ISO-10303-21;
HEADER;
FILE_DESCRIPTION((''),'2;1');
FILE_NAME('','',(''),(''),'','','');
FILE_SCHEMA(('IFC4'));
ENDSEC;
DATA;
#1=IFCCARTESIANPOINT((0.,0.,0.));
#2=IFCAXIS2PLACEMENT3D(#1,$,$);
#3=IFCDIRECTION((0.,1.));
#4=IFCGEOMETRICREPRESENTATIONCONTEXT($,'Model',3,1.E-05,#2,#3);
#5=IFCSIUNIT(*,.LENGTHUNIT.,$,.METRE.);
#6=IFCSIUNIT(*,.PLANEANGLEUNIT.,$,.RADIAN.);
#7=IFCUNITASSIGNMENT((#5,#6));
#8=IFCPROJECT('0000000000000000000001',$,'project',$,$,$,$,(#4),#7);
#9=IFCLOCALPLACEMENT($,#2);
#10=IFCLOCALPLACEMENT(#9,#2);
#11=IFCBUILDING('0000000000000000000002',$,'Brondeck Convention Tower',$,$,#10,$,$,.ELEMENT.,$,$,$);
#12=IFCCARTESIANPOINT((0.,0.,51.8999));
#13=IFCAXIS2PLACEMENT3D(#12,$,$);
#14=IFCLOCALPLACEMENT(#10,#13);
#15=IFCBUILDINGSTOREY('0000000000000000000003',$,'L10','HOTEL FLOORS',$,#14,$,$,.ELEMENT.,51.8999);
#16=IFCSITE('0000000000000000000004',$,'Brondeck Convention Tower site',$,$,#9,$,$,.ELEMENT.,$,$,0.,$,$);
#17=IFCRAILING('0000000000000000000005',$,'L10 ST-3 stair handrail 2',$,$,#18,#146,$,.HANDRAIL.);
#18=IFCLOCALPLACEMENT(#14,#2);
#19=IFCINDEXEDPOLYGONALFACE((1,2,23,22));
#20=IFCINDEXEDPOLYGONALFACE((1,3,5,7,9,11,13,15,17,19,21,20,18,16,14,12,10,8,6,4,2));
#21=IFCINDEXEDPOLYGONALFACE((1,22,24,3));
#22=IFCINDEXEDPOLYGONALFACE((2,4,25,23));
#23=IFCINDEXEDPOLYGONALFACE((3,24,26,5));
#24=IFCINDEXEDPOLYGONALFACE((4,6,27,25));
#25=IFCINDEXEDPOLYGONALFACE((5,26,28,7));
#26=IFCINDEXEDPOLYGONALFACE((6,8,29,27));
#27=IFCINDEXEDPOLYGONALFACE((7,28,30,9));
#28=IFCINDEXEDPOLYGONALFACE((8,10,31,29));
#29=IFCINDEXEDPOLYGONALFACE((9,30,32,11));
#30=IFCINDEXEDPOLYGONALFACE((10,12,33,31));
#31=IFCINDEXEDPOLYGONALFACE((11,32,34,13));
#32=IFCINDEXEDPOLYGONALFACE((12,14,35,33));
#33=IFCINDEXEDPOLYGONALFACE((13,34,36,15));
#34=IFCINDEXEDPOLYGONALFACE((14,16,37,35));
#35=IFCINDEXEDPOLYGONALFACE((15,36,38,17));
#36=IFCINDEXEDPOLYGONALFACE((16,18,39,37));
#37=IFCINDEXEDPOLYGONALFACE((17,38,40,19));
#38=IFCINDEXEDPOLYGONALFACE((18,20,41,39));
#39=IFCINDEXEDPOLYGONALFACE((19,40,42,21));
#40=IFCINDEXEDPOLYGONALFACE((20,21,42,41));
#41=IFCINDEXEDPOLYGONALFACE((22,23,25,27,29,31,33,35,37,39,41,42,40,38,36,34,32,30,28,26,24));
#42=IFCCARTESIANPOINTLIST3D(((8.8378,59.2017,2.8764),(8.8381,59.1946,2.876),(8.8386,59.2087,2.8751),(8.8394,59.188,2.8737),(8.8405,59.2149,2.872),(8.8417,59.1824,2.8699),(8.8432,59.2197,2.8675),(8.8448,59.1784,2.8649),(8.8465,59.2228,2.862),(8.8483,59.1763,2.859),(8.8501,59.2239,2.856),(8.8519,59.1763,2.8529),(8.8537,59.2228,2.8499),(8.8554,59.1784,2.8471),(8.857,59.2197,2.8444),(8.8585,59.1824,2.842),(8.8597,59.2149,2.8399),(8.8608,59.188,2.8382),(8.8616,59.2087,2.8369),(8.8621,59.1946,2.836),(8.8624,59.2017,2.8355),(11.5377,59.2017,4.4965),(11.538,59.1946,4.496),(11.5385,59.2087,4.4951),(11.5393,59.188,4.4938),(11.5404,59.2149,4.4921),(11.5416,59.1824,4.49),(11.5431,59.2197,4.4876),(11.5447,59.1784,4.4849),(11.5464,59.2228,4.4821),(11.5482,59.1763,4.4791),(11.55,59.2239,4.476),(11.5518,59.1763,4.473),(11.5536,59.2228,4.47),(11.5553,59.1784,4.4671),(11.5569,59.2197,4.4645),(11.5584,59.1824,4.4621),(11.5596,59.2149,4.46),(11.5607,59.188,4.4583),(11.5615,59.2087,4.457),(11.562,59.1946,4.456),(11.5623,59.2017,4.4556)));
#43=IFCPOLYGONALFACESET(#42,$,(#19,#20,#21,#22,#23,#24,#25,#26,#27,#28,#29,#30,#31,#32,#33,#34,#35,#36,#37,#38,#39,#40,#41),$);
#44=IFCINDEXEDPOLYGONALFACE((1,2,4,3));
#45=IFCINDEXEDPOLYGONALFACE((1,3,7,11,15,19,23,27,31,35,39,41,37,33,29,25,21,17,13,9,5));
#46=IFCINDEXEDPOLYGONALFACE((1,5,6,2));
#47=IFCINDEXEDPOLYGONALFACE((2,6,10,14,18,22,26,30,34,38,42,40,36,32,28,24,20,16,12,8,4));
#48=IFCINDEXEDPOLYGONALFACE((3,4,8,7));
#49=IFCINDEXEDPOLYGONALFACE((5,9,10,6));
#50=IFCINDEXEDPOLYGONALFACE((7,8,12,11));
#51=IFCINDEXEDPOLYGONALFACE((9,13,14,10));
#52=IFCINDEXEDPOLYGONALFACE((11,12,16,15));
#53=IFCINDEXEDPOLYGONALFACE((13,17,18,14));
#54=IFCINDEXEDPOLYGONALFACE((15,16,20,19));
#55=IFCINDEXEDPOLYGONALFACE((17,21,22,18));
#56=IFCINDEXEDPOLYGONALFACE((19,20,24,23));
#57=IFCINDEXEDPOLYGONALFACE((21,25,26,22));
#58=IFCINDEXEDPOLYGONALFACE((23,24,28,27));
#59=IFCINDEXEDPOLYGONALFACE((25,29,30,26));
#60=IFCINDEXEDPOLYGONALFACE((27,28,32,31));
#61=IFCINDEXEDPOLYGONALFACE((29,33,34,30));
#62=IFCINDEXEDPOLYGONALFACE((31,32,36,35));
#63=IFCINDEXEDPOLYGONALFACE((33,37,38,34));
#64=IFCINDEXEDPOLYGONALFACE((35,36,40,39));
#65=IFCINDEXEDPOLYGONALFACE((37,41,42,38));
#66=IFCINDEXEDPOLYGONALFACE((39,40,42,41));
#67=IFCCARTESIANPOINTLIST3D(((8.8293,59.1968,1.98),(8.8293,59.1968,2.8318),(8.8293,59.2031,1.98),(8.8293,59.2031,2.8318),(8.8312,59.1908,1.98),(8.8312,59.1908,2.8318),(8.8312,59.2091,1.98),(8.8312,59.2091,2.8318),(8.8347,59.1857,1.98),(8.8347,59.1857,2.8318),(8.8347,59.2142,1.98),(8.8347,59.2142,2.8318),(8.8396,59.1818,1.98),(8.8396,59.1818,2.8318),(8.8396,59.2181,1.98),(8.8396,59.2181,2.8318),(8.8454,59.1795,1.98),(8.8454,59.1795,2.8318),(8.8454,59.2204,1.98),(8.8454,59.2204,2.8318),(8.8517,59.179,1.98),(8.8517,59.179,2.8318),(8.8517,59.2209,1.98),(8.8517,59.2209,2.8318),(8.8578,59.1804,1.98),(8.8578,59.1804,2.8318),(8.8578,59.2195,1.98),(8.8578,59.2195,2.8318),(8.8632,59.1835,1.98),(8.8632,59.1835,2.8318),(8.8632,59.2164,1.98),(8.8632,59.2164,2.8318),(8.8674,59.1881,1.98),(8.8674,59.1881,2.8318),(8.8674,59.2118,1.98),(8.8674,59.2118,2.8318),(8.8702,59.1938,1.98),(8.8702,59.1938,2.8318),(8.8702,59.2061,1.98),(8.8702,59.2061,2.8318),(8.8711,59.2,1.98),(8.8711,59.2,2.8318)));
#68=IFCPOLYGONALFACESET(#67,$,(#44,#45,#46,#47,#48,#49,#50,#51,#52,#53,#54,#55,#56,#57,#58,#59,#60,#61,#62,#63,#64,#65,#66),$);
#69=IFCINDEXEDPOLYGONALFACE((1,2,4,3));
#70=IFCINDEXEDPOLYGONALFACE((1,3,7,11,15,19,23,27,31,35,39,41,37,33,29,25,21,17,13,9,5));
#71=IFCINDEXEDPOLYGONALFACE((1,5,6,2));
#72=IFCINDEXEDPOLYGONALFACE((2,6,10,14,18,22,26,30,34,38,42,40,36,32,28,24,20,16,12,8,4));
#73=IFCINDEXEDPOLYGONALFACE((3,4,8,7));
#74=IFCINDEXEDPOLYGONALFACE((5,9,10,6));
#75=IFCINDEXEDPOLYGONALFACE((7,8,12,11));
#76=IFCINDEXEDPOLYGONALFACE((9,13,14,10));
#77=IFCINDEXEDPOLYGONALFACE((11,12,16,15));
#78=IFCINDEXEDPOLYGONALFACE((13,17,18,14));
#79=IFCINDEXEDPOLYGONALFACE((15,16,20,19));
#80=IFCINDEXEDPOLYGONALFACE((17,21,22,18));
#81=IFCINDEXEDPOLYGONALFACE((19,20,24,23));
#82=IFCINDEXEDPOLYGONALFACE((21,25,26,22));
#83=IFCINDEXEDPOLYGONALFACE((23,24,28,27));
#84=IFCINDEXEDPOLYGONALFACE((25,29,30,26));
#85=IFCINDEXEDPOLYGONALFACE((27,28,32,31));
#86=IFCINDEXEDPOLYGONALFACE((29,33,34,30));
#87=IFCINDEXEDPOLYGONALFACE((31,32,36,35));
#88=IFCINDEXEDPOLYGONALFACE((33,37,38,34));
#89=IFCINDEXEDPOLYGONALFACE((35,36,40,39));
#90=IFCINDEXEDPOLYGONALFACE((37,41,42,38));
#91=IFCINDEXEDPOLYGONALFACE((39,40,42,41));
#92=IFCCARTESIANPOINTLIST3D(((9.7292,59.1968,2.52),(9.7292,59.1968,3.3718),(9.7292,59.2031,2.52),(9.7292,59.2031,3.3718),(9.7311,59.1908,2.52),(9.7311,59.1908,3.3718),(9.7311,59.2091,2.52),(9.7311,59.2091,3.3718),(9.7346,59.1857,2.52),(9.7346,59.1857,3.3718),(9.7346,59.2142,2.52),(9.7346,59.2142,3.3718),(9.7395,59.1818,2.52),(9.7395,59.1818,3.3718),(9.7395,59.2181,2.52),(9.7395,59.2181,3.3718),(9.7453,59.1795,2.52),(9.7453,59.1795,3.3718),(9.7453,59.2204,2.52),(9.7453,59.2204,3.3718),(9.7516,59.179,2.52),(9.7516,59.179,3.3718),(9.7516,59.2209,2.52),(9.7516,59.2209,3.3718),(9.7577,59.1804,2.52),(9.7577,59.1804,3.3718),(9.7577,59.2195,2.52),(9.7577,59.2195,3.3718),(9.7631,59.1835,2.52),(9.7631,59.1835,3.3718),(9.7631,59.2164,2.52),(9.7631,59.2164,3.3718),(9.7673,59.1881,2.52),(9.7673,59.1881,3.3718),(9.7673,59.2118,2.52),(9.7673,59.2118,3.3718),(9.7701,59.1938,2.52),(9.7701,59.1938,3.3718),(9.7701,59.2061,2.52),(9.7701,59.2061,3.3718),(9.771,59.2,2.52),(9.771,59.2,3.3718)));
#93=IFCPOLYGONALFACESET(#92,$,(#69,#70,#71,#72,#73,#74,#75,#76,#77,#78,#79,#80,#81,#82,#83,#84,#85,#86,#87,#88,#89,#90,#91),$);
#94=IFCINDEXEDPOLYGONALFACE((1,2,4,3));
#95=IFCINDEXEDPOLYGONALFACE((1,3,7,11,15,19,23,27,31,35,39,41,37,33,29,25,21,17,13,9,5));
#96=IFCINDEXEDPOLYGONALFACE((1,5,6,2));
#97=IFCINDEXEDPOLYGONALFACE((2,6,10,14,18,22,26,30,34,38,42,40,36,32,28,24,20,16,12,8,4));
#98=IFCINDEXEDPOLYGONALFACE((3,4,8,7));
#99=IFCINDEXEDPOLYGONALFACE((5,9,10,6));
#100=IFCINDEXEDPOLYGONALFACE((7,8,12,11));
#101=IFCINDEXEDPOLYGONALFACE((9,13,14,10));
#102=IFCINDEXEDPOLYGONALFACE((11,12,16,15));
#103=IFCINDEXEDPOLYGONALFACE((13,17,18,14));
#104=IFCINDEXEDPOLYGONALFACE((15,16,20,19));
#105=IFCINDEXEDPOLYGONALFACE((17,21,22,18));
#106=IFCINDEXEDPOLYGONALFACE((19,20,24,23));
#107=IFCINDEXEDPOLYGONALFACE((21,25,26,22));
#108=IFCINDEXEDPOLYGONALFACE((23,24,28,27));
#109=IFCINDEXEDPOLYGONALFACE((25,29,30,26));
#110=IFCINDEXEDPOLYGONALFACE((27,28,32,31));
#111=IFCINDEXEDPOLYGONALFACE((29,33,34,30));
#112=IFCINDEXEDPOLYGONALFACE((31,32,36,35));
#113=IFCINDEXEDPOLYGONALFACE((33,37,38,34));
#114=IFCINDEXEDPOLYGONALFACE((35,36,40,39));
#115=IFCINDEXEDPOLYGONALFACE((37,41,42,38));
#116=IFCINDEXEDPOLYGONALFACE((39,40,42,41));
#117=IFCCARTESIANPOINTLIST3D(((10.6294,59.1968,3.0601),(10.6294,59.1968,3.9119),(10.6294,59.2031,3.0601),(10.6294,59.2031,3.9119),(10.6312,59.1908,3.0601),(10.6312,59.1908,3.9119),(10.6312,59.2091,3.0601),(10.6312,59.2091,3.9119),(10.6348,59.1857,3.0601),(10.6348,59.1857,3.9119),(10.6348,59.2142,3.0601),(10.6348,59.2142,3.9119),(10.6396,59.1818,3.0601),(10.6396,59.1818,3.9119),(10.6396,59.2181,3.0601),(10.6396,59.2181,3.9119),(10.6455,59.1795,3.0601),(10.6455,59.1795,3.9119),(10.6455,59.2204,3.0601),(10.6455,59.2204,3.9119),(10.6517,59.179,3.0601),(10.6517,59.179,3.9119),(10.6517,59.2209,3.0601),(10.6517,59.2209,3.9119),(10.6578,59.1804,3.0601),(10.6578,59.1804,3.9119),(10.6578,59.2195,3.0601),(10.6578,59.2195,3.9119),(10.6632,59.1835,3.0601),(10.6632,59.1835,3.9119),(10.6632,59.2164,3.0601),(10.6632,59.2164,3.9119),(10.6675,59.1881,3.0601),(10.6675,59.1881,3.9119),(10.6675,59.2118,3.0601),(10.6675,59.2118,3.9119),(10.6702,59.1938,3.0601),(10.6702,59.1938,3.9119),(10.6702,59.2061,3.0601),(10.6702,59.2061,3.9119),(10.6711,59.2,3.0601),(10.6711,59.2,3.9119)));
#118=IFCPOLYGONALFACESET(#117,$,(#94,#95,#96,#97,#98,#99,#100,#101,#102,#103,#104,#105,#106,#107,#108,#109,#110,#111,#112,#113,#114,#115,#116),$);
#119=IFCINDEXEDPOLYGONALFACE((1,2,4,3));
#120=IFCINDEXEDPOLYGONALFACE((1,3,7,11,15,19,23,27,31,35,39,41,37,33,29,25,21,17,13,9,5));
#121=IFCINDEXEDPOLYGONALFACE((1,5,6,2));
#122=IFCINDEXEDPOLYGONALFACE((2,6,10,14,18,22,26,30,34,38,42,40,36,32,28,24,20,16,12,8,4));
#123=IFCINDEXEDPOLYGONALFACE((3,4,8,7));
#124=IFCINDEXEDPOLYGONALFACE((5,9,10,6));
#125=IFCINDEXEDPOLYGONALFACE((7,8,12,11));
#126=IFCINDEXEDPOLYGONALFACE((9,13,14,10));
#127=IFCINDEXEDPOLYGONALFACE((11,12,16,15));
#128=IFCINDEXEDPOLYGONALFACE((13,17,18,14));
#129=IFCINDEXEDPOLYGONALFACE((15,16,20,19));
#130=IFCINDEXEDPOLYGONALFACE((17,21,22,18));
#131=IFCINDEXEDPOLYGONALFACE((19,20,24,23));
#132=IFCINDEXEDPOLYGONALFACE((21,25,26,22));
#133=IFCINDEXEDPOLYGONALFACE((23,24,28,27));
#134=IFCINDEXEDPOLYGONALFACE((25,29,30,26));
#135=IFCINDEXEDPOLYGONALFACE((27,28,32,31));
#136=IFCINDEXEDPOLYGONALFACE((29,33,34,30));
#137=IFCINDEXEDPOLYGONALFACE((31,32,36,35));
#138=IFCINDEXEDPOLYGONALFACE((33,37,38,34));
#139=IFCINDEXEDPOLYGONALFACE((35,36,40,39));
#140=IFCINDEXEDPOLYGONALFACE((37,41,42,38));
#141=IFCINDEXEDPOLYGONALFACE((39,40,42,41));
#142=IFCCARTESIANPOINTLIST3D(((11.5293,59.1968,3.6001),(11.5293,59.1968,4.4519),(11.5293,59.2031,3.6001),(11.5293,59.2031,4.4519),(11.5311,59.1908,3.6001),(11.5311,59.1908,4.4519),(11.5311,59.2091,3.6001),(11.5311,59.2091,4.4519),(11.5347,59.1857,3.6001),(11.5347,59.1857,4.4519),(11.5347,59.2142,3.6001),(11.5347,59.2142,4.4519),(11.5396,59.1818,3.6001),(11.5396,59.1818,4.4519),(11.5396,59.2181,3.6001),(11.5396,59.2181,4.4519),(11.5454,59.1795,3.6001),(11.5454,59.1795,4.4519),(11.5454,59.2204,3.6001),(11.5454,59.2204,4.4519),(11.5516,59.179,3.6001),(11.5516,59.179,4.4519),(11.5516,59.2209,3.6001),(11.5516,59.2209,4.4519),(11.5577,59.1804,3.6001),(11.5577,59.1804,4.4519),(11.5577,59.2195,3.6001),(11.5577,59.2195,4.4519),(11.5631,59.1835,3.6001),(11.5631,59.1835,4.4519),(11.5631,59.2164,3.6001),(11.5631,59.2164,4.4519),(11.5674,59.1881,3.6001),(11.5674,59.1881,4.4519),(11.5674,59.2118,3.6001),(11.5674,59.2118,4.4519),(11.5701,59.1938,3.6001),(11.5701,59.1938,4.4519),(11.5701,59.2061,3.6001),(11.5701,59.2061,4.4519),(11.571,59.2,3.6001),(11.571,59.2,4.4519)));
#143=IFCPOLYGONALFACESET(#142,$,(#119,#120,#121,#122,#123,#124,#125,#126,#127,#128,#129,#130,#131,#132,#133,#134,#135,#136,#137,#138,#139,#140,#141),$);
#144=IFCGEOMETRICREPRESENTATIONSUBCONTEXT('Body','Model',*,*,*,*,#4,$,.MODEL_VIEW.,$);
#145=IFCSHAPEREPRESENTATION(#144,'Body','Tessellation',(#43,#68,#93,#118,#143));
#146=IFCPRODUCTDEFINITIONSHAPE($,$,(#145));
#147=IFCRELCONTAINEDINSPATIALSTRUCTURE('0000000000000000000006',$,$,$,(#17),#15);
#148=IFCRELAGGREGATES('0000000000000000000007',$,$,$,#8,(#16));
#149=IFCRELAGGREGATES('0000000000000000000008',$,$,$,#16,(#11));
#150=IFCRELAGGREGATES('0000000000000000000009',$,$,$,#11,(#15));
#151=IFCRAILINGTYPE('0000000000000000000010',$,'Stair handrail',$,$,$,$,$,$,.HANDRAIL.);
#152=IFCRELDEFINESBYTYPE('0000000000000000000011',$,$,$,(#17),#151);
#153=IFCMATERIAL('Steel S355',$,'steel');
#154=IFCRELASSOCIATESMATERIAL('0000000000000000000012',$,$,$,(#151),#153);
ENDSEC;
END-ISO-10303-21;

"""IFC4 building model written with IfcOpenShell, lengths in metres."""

from ifc_helpers import new_model, si_unit, direction, frame, origin, origin_2d, place, context, subcontext, project, spatial, circle, extrude, material, type_object, element, save


model = new_model("IFC4")

# Units and contexts
model_context = context("Model", 3, precision=1e-05, world=origin(), true_north=direction((0.0, 1.0)))
body_context = subcontext(model_context, "Body", "Model", "MODEL_VIEW")
ifc_project = project(units=[si_unit("LENGTHUNIT", "METRE"), si_unit("PLANEANGLEUNIT", "RADIAN")], contexts=[model_context])

# Site, building, storey
site_placement = place(None, origin())
site = spatial("IfcSite", under=ifc_project, at=site_placement, Name="Brondeck Convention Tower site", CompositionType="ELEMENT", RefElevation=0.0)
building_placement = place(site_placement, origin())
building = spatial("IfcBuilding", under=site, at=building_placement, Name="Brondeck Convention Tower", CompositionType="ELEMENT")
storey_placement = place(building_placement, frame((0.0, 0.0, 51.8999)))
storey = spatial("IfcBuildingStorey", under=building, at=storey_placement, Name="L10", Description="HOTEL FLOORS", CompositionType="ELEMENT", Elevation=51.8999)

# Railing
ifc_material_1 = material(Name="Steel S355", Category="steel")
railing_type = type_object("IfcRailingType", Name="Stair handrail", PredefinedType="HANDRAIL", material=ifc_material_1)
railing_placement = place(storey_placement, frame((8.8501, 59.2, 1.98)))
element("IfcRailing", 1, at=railing_placement, inside=storey, type_object=railing_type, Name="L10 ST-3 stair handrail 2", PredefinedType="HANDRAIL", context=body_context, shape_type="SweptSolid", body=[
    extrude(circle(Radius=0.0239, at=origin_2d()), frame((0.0, 0.0, 0.876), z_axis=(0.857472, 0.0, 0.51453), x_axis=(0.0, 1.0, 0.0)), (0.0, 0.0, 1.0), 3.1487),
    extrude(circle(Radius=0.021, at=origin_2d()), origin(), (0.0, 0.0, 1.0), 0.8518),
    extrude(circle(Radius=0.021, at=origin_2d()), frame((0.8999, 0.0, 0.54)), (0.0, 0.0, 1.0), 0.8518),
    extrude(circle(Radius=0.021, at=origin_2d()), frame((1.8, 0.0, 1.0801)), (0.0, 0.0, 1.0), 0.8518),
    extrude(circle(Radius=0.021, at=origin_2d()), frame((2.7, 0.0, 1.6201)), (0.0, 0.0, 1.0), 0.8518),
])

save(model, "model.ifc")
